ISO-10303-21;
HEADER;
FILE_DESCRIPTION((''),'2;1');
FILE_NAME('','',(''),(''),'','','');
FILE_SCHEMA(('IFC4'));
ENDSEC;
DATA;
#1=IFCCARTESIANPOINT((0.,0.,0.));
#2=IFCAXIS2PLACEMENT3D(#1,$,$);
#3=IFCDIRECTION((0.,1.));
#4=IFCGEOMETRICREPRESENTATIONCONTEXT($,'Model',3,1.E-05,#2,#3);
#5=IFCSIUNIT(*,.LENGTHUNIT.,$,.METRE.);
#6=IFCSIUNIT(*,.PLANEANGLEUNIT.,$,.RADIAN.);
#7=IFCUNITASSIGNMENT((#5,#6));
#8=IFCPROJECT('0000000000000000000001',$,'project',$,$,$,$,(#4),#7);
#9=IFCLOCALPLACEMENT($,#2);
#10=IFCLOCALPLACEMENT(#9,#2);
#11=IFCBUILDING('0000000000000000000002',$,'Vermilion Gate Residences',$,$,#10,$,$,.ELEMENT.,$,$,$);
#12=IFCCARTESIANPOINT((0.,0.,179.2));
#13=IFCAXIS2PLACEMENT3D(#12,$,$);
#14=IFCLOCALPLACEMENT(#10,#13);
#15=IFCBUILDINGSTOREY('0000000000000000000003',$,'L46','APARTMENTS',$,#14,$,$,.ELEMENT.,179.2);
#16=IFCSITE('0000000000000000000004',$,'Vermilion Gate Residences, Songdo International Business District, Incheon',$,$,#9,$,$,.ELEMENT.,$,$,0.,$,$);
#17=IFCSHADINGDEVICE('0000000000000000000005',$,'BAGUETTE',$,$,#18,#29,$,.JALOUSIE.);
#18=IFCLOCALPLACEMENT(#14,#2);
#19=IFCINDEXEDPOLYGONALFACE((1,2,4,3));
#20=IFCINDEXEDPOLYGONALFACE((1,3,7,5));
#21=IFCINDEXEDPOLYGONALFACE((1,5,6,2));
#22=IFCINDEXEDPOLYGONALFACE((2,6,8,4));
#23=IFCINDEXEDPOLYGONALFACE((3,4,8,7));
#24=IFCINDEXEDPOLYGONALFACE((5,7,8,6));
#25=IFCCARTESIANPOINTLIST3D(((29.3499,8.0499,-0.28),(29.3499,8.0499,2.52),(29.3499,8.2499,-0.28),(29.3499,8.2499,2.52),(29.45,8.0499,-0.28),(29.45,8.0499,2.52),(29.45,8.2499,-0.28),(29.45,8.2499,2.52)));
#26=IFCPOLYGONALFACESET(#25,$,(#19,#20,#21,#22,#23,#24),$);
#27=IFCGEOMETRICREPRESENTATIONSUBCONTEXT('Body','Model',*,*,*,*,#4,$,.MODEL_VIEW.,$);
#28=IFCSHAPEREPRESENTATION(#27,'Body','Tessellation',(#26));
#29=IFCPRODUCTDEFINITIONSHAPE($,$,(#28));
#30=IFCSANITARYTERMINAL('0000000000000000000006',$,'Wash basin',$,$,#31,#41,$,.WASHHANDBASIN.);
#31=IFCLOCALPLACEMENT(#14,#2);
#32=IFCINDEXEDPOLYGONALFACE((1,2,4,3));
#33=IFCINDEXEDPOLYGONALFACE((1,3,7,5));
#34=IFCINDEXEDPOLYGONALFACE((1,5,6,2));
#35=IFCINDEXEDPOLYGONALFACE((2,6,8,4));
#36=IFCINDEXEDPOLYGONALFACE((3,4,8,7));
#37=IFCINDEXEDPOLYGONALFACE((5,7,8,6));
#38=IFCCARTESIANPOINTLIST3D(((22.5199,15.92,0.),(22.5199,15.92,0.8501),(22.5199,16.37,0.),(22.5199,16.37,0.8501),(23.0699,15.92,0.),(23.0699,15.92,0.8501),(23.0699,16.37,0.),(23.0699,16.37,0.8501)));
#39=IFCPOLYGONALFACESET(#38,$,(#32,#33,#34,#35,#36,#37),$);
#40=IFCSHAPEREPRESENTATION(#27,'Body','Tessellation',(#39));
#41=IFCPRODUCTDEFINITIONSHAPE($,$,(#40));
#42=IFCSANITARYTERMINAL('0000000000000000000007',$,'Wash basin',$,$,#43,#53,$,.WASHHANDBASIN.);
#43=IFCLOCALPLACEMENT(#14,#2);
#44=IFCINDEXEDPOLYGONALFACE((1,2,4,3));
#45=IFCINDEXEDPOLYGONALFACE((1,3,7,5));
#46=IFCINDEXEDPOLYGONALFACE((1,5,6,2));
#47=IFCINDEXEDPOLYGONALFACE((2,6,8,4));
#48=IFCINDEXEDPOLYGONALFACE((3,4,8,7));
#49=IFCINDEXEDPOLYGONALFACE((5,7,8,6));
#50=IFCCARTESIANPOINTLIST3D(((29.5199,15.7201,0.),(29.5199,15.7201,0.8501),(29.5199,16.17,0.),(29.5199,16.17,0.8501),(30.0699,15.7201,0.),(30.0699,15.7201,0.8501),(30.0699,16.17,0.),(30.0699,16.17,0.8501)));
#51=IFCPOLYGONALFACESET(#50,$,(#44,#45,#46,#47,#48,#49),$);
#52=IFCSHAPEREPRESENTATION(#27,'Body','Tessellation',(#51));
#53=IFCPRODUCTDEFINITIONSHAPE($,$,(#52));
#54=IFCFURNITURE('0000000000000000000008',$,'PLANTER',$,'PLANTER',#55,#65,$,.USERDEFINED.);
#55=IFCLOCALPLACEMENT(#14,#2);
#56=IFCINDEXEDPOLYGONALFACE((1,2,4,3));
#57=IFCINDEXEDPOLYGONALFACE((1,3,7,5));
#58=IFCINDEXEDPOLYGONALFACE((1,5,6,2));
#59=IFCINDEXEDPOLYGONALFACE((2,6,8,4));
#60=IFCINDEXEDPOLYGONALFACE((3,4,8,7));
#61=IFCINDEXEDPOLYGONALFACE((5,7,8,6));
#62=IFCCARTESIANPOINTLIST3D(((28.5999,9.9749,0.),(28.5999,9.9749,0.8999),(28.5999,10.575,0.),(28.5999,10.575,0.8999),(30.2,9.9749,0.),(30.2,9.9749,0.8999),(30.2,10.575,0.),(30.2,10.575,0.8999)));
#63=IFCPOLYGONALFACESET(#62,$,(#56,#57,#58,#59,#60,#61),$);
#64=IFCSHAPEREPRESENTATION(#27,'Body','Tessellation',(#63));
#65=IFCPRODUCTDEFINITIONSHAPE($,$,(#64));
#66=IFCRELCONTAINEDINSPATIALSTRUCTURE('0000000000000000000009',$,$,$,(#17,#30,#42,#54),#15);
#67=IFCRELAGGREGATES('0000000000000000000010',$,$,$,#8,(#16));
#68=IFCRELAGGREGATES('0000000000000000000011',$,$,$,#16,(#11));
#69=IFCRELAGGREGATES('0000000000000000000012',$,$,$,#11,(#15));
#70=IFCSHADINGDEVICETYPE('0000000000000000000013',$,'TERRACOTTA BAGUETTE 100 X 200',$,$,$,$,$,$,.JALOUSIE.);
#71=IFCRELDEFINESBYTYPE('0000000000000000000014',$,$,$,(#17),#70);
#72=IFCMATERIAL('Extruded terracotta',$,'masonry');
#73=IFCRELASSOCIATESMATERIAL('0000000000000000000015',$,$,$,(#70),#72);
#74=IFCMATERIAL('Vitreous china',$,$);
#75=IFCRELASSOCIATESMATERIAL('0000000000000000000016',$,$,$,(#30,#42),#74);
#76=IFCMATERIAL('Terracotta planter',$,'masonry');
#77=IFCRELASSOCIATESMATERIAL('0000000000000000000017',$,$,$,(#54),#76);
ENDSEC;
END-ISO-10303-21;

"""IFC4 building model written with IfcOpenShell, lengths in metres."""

from ifc_helpers import new_model, si_unit, direction, frame, origin, origin_2d, place, context, subcontext, project, spatial, rectangle, extrude, material, material_profile, profile_set, type_object, element, save


model = new_model("IFC4")

# Units and contexts
model_context = context("Model", 3, precision=1e-05, world=origin(), true_north=direction((0.0, 1.0)))
body_context = subcontext(model_context, "Body", "Model", "MODEL_VIEW")
ifc_project = project(units=[si_unit("LENGTHUNIT", "METRE"), si_unit("PLANEANGLEUNIT", "RADIAN")], contexts=[model_context])

# Site, building, storey
site_placement = place(None, origin())
site = spatial("IfcSite", under=ifc_project, at=site_placement, Name="Vermilion Gate Residences, Songdo International Business District, Incheon", CompositionType="ELEMENT", RefElevation=0.0)
building_placement = place(site_placement, origin())
building = spatial("IfcBuilding", under=site, at=building_placement, Name="Vermilion Gate Residences", CompositionType="ELEMENT")
storey_placement = place(building_placement, frame((0.0, 0.0, 179.2)))
storey = spatial("IfcBuildingStorey", under=building, at=storey_placement, Name="L46", Description="APARTMENTS", CompositionType="ELEMENT", Elevation=179.2)

# Shading device
ifc_material_1 = material(Name="Extruded terracotta", Category="masonry")
ifc_material_profile_1 = material_profile(ifc_material_1, rectangle(XDim=0.2, YDim=0.1001, at=origin_2d()), Name="BAGUETTE 100 X 200")
ifc_profile_set_1 = profile_set([ifc_material_profile_1], Name="Extruded terracotta")
shading_device_type_1 = type_object("IfcShadingDeviceType", Name="TERRACOTTA BAGUETTE 100 X 200", PredefinedType="JALOUSIE", material=ifc_profile_set_1)
shading_device_1_placement = place(storey_placement, frame((29.3999, 8.1499, -0.28), z_axis=(0.0, 0.0, 1.0), x_axis=(0.0, 1.0, 0.0)))
element("IfcShadingDevice", 1, at=shading_device_1_placement, inside=storey, type_object=shading_device_type_1, Name="BAGUETTE", PredefinedType="JALOUSIE", context=body_context, shape_type="SweptSolid", body=[
    extrude(rectangle(XDim=0.2, YDim=0.1001, at=origin_2d()), origin(), (0.0, 0.0, 1.0), 2.8),
])

# Sanitary terminals
ifc_material_2 = material(Name="Vitreous china")
for number, where, z_axis, x_axis, name in (
    (2, (22.7949, 16.145, 0.0), (0.0, 0.0, 1.0), (1.0, 0.0, 0.0), "Wash basin"),
    (3, (29.7949, 15.9451, 0.0), (0.0, 0.0, 1.0), (1.0, 0.0, 0.0), "Wash basin"),
):
    element("IfcSanitaryTerminal", number, at=place(storey_placement, frame(where, z_axis=z_axis, x_axis=x_axis)), inside=storey, material=ifc_material_2, Name=name, PredefinedType="WASHHANDBASIN", context=body_context, shape_type="SweptSolid", body=[
        extrude(rectangle(XDim=0.55, YDim=0.45, at=origin_2d()), origin(), (0.0, 0.0, 1.0), 0.8501),
    ])

# Furniture
ifc_material_3 = material(Name="Terracotta planter", Category="masonry")
furniture_placement = place(storey_placement, frame((29.3999, 10.2749, 0.0), z_axis=(0.0, 0.0, 1.0), x_axis=(1.0, 0.0, 0.0)))
element("IfcFurniture", 4, at=furniture_placement, inside=storey, material=ifc_material_3, Name="PLANTER", ObjectType="PLANTER", PredefinedType="USERDEFINED", context=body_context, shape_type="SweptSolid", body=[
    extrude(rectangle(XDim=1.6001, YDim=0.6001, at=origin_2d()), origin(), (0.0, 0.0, 1.0), 0.8999),
])

save(model, "model.ifc")
